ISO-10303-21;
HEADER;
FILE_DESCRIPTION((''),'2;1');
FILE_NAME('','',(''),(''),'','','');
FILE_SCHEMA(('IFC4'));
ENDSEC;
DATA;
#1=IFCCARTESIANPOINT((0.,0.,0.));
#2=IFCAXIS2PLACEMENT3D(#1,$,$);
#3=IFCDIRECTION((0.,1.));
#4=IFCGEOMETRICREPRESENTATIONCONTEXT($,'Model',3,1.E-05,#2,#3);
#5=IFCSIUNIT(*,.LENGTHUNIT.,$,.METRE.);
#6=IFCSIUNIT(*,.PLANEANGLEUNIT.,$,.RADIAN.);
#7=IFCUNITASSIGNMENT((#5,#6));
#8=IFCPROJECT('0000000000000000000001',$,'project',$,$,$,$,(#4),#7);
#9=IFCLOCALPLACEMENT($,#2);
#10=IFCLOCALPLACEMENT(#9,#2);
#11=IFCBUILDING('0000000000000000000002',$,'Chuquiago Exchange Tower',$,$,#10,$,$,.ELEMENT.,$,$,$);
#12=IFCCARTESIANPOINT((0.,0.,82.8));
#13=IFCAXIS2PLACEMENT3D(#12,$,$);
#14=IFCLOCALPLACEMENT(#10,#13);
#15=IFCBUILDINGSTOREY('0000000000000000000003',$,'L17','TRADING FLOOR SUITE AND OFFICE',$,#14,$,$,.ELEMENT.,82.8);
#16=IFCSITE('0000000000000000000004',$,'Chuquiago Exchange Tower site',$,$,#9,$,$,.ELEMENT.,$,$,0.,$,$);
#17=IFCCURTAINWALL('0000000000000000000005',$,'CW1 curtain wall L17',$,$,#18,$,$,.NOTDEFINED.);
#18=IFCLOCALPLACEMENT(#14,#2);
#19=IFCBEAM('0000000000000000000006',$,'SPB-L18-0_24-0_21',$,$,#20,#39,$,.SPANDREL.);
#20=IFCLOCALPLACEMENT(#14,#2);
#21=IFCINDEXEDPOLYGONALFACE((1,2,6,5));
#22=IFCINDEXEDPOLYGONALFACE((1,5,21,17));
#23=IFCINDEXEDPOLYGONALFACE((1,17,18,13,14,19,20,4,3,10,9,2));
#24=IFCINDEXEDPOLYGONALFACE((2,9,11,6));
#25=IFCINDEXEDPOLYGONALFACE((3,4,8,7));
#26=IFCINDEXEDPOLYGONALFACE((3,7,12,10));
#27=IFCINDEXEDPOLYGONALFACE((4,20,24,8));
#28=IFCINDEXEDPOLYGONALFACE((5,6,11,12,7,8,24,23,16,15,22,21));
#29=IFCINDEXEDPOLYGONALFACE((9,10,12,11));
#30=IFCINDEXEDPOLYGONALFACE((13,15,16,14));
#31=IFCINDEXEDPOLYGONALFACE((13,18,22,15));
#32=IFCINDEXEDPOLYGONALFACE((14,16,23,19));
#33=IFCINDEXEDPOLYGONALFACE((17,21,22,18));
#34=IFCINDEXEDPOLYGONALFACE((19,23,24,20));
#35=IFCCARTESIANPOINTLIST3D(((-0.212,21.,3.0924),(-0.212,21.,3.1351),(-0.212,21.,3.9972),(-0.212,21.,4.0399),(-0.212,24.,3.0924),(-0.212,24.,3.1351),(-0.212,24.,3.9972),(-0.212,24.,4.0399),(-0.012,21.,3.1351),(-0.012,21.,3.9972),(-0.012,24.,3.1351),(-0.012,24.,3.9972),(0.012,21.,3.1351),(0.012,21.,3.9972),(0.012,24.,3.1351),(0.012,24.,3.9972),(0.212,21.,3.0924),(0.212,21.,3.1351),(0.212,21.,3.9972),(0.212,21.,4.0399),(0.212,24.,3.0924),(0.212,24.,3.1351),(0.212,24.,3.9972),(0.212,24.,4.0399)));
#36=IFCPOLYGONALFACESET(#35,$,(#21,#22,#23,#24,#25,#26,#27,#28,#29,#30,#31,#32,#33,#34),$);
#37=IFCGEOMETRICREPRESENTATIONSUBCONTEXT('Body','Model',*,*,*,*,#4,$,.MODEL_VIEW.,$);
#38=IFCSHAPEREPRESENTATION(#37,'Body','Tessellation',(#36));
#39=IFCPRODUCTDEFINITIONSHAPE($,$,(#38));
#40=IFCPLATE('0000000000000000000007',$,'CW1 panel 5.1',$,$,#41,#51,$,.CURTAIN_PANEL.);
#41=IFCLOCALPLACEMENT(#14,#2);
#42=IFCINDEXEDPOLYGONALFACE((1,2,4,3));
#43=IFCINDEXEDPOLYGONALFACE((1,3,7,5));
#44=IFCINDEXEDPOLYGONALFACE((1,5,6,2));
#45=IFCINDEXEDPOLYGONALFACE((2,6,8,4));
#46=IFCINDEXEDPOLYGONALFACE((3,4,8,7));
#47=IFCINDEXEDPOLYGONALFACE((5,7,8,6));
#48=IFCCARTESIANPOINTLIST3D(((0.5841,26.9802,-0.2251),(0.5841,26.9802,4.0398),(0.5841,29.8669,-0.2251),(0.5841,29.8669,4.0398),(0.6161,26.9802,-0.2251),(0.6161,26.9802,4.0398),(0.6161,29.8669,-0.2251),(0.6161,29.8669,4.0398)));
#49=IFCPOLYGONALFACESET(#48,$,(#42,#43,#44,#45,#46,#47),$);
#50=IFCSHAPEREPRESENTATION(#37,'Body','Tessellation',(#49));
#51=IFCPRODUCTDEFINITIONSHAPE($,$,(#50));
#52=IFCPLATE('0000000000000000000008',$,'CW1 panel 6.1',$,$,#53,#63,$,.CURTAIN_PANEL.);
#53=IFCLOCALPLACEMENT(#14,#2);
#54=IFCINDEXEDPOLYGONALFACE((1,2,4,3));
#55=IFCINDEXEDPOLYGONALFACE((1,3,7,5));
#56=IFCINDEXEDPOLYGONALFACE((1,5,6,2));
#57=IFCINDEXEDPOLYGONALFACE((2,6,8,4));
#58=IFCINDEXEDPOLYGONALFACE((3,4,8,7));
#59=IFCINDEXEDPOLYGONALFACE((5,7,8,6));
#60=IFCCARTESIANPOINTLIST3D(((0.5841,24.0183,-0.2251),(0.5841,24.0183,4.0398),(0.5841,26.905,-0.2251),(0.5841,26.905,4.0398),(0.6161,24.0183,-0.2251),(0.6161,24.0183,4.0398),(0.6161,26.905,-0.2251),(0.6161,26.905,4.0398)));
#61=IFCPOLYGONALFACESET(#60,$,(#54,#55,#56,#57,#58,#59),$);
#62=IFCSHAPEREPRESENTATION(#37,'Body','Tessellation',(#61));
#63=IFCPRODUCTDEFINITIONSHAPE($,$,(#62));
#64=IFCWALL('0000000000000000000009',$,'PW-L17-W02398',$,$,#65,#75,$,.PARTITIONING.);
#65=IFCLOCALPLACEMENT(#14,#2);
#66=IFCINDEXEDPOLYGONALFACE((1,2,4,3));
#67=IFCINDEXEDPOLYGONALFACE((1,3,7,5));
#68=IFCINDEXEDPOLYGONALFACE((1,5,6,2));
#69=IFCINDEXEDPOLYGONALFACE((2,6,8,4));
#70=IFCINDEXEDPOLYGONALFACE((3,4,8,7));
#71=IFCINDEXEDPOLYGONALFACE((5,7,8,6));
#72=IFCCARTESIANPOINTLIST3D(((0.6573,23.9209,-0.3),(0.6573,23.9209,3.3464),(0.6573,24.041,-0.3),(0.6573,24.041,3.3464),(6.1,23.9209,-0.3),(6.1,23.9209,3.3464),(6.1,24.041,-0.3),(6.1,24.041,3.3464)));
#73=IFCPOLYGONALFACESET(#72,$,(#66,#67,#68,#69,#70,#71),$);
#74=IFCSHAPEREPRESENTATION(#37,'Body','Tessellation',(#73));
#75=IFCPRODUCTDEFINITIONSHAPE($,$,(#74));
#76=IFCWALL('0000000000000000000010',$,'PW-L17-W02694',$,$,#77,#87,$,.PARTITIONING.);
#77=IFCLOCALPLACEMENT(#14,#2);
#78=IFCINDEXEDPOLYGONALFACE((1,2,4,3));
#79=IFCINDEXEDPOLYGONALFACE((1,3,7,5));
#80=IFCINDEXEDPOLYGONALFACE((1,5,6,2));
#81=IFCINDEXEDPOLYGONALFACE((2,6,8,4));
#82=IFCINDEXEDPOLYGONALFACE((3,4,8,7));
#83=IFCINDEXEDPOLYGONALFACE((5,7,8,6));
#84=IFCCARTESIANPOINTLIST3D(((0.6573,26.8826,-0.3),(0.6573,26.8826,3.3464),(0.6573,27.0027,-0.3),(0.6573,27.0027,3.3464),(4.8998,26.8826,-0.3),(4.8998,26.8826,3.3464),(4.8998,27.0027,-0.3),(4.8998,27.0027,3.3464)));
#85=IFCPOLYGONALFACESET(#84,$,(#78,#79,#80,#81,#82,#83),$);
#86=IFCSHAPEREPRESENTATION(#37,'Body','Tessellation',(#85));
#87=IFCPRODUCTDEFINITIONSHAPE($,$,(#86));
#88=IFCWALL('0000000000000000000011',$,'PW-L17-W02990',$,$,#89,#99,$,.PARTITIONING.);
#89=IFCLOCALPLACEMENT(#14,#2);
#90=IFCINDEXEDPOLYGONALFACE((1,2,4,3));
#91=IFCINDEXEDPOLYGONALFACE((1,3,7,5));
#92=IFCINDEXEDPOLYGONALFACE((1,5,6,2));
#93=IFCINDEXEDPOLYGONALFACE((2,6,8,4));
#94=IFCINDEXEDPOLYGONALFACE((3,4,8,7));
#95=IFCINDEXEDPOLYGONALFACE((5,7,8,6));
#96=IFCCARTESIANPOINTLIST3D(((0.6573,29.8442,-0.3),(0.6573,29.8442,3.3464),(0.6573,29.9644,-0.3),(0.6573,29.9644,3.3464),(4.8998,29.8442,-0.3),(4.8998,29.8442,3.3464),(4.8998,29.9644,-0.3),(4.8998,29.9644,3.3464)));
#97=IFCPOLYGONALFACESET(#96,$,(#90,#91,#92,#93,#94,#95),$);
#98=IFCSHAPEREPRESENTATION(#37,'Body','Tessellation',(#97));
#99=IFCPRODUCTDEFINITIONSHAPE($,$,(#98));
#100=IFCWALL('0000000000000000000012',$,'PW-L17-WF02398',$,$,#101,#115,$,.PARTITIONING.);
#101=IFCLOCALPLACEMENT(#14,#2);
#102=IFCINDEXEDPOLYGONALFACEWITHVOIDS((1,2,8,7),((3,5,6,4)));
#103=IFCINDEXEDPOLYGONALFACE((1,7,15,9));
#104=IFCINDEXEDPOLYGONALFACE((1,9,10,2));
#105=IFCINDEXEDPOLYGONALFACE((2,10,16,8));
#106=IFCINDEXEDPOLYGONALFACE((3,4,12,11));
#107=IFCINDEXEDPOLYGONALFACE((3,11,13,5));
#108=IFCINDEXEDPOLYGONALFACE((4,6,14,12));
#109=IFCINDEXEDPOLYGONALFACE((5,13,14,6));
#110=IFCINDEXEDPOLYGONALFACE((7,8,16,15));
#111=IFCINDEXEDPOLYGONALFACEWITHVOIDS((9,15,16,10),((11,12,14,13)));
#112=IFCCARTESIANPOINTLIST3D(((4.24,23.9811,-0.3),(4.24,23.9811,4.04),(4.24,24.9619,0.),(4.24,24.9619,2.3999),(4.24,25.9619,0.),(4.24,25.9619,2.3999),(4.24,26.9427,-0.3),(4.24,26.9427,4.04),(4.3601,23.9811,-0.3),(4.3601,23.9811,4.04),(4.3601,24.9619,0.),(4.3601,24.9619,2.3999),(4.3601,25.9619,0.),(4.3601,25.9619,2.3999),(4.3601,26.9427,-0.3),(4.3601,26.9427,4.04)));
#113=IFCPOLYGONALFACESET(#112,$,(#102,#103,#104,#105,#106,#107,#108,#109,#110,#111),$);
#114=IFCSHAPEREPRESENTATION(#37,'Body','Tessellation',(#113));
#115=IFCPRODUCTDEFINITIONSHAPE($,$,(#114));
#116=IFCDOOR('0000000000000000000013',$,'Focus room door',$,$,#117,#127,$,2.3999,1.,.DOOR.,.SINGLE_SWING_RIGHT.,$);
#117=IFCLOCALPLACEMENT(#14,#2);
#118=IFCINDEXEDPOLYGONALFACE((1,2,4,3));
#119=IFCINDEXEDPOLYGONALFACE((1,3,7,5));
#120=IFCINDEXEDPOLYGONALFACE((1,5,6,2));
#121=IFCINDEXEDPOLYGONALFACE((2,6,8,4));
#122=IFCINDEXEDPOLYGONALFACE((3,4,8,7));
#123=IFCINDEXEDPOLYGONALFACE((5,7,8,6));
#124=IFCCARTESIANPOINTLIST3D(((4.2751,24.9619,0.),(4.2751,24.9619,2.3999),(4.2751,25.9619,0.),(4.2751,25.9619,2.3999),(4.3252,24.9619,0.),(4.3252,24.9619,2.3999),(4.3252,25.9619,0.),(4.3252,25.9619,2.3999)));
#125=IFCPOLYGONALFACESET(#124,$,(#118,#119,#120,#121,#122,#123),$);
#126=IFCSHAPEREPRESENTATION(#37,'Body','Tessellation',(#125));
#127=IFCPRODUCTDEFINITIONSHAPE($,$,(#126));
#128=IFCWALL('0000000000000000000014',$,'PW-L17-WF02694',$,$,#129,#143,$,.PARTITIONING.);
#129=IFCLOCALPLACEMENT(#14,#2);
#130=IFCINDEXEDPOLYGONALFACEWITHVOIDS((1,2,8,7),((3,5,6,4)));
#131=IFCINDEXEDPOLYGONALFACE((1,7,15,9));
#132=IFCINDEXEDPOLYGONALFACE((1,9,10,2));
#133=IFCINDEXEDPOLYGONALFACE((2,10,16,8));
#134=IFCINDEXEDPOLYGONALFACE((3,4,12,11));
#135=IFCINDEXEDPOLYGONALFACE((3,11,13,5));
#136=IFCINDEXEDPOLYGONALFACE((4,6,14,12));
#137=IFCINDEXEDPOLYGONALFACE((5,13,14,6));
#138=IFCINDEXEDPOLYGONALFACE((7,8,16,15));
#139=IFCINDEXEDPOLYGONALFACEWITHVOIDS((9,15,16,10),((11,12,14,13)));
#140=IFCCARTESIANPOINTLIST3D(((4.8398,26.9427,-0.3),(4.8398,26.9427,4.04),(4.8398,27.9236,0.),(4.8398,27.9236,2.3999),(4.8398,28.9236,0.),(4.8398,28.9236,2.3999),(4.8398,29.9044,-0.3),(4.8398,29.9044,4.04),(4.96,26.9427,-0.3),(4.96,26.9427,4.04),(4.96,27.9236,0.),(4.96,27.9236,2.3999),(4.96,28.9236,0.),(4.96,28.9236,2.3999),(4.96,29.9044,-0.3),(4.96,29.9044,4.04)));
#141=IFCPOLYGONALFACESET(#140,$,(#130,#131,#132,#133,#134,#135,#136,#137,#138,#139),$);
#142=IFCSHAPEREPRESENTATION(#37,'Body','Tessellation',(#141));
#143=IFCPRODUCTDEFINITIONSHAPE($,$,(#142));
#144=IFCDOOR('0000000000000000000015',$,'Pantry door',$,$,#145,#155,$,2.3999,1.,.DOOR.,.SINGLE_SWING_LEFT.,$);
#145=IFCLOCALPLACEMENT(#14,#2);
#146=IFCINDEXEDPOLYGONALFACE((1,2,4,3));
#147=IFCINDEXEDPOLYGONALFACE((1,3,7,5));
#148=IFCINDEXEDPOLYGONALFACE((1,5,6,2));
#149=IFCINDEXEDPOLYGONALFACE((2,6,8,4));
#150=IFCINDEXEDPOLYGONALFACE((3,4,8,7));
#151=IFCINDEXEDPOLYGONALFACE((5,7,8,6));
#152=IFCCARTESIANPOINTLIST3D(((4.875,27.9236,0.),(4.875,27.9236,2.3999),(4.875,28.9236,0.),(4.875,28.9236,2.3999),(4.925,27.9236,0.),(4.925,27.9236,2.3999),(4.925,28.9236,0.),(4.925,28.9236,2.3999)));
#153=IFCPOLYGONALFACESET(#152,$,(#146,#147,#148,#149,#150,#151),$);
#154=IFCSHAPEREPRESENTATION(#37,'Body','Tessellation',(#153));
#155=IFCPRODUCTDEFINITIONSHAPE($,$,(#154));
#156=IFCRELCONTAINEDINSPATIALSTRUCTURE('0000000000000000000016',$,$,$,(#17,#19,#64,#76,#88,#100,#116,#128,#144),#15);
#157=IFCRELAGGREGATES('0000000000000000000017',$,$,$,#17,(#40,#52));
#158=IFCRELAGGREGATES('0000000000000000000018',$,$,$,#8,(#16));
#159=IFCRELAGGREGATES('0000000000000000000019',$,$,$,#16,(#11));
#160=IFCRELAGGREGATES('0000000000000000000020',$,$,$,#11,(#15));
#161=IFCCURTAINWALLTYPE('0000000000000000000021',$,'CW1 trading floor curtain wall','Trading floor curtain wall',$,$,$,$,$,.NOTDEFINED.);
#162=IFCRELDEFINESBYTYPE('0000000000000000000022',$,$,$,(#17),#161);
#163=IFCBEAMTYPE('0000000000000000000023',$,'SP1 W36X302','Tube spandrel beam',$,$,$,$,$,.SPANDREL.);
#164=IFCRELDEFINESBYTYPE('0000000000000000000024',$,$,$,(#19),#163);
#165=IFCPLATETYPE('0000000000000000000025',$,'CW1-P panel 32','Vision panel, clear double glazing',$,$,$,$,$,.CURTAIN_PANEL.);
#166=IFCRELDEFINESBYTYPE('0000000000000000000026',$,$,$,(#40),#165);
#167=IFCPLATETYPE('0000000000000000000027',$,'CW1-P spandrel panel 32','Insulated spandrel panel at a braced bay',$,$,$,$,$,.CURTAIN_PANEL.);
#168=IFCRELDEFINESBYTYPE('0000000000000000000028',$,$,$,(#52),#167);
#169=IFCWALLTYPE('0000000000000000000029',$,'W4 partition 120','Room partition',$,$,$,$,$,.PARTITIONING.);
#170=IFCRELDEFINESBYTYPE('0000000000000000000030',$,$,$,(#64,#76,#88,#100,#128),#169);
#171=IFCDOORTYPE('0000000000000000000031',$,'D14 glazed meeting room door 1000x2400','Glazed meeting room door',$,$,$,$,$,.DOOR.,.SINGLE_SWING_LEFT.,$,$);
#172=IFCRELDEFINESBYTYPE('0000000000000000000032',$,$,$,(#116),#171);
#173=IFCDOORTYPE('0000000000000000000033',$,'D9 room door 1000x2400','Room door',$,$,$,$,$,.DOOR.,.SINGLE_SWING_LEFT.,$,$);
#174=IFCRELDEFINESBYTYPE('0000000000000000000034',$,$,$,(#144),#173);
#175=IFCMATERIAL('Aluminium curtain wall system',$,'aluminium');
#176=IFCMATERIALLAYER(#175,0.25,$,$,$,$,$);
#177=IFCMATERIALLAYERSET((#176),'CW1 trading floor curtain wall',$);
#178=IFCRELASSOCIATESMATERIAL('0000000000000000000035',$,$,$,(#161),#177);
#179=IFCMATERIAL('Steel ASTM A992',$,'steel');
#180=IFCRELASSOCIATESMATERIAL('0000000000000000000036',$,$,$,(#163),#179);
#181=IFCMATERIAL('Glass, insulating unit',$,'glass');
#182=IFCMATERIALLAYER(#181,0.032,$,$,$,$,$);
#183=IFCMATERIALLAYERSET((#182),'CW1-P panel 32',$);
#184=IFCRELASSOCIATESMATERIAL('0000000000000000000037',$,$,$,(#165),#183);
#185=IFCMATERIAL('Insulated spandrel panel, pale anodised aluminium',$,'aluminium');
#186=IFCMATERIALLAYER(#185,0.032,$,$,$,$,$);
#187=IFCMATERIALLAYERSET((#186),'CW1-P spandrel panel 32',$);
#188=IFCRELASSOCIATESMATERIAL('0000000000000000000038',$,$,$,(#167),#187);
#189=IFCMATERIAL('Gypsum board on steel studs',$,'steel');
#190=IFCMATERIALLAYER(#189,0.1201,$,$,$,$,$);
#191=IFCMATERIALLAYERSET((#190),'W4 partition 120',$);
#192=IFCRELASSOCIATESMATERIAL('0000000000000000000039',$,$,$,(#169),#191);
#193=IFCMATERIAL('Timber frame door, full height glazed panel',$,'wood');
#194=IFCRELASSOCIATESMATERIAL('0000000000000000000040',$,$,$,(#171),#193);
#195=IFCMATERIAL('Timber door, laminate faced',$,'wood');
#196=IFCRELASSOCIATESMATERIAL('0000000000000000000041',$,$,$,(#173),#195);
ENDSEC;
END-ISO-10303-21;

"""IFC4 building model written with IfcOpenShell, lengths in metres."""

from ifc_helpers import new_model, si_unit, direction, frame, frame_2d, origin, origin_2d, place, context, subcontext, project, spatial, rectangle, i_section, extrude, material, layer, layer_set, material_profile, profile_set, type_object, element, fill, aggregate, save


model = new_model("IFC4")

# Units and contexts
model_context = context("Model", 3, precision=1e-05, world=origin(), true_north=direction((0.0, 1.0)))
body_context = subcontext(model_context, "Body", "Model", "MODEL_VIEW")
ifc_project = project(units=[si_unit("LENGTHUNIT", "METRE"), si_unit("PLANEANGLEUNIT", "RADIAN")], contexts=[model_context])

# Site, building, storey
site_placement = place(None, origin())
site = spatial("IfcSite", under=ifc_project, at=site_placement, Name="Chuquiago Exchange Tower site", CompositionType="ELEMENT", RefElevation=0.0)
building_placement = place(site_placement, origin())
building = spatial("IfcBuilding", under=site, at=building_placement, Name="Chuquiago Exchange Tower", CompositionType="ELEMENT")
storey_placement = place(building_placement, frame((0.0, 0.0, 82.8)))
storey = spatial("IfcBuildingStorey", under=building, at=storey_placement, Name="L17", Description="TRADING FLOOR SUITE AND OFFICE", CompositionType="ELEMENT", Elevation=82.8)

# Curtain wall
ifc_material_1 = material(Name="Aluminium curtain wall system", Category="aluminium")
ifc_layer_1 = layer(ifc_material_1, 0.25)
ifc_layer_set_1 = layer_set([ifc_layer_1], Name="CW1 trading floor curtain wall")
curtain_wall_type = type_object("IfcCurtainWallType", Name="CW1 trading floor curtain wall", Description="Trading floor curtain wall", PredefinedType="NOTDEFINED", material=ifc_layer_set_1)
curtain_wall_placement = place(storey_placement, origin())
curtain_wall = element("IfcCurtainWall", 1, at=curtain_wall_placement, inside=storey, type_object=curtain_wall_type, Name="CW1 curtain wall L17", PredefinedType="NOTDEFINED")

# Beam
ifc_material_2 = material(Name="Steel ASTM A992", Category="steel")
ifc_material_profile_1 = material_profile(ifc_material_2, i_section(OverallWidth=0.4241, OverallDepth=0.9475, WebThickness=0.0239, FlangeThickness=0.0427, at=origin_2d()), Name="W36X302")
ifc_profile_set_1 = profile_set([ifc_material_profile_1], Name="Steel ASTM A992")
beam_type = type_object("IfcBeamType", Name="SP1 W36X302", Description="Tube spandrel beam", PredefinedType="SPANDREL", material=ifc_profile_set_1)
for number, where, z_axis, x_axis, name in (
    (2, (0.0, 24.0, 3.5662), (0.0, -1.0, 0.0), (1.0, 0.0, 0.0), "SPB-L18-0_24-0_21"),
):
    element("IfcBeam", number, at=place(storey_placement, frame(where, z_axis=z_axis, x_axis=x_axis)), inside=storey, type_object=beam_type, Name=name, PredefinedType="SPANDREL", context=body_context, shape_type="SweptSolid", body=[
        extrude(i_section(OverallWidth=0.4241, OverallDepth=0.9475, WebThickness=0.0239, FlangeThickness=0.0427, at=origin_2d()), origin(), (0.0, 0.0, 1.0), 3.0),
    ])

# Plates
ifc_material_3 = material(Name="Glass, insulating unit", Category="glass")
ifc_layer_2 = layer(ifc_material_3, 0.032)
ifc_layer_set_2 = layer_set([ifc_layer_2], Name="CW1-P panel 32")
plate_type_1 = type_object("IfcPlateType", Name="CW1-P panel 32", Description="Vision panel, clear double glazing", PredefinedType="CURTAIN_PANEL", material=ifc_layer_set_2)
plate_1_placement = place(storey_placement, frame((0.6001, 28.4236, -0.2251), z_axis=(0.0, 0.0, 1.0), x_axis=(0.0, -1.0, 0.0)))
plate_1 = element("IfcPlate", 3, at=plate_1_placement, type_object=plate_type_1, Name="CW1 panel 5.1", PredefinedType="CURTAIN_PANEL", context=body_context, shape_type="SweptSolid", body=[
    extrude(rectangle(XDim=2.8867, YDim=0.032, at=origin_2d()), origin(), (0.0, 0.0, 1.0), 4.2649),
])
ifc_material_4 = material(Name="Insulated spandrel panel, pale anodised aluminium", Category="aluminium")
ifc_layer_3 = layer(ifc_material_4, 0.032)
ifc_layer_set_3 = layer_set([ifc_layer_3], Name="CW1-P spandrel panel 32")
plate_type_2 = type_object("IfcPlateType", Name="CW1-P spandrel panel 32", Description="Insulated spandrel panel at a braced bay", PredefinedType="CURTAIN_PANEL", material=ifc_layer_set_3)
plate_2_placement = place(storey_placement, frame((0.6001, 25.4617, -0.2251), z_axis=(0.0, 0.0, 1.0), x_axis=(0.0, -1.0, 0.0)))
plate_2 = element("IfcPlate", 4, at=plate_2_placement, type_object=plate_type_2, Name="CW1 panel 6.1", PredefinedType="CURTAIN_PANEL", context=body_context, shape_type="SweptSolid", body=[
    extrude(rectangle(XDim=2.8867, YDim=0.032, at=origin_2d()), origin(), (0.0, 0.0, 1.0), 4.2649),
])
aggregate(curtain_wall, [plate_1, plate_2])

# Walls
ifc_material_5 = material(Name="Gypsum board on steel studs", Category="steel")
ifc_layer_4 = layer(ifc_material_5, 0.1201)
ifc_layer_set_4 = layer_set([ifc_layer_4], Name="W4 partition 120")
wall_type = type_object("IfcWallType", Name="W4 partition 120", Description="Room partition", PredefinedType="PARTITIONING", material=ifc_layer_set_4)
wall_1_placement = place(storey_placement, frame((0.6575, 23.981, -0.3), z_axis=(0.0, 0.0, 1.0), x_axis=(1.0, 0.0, 0.0)))
element("IfcWall", 5, at=wall_1_placement, inside=storey, type_object=wall_type, Name="PW-L17-W02398", PredefinedType="PARTITIONING", context=body_context, shape_type="SweptSolid", body=[
    extrude(rectangle(XDim=5.4426, YDim=0.1201, at=frame_2d((2.7212, 0.0))), origin(), (0.0, 0.0, 1.0), 3.6465),
])
for number, where, z_axis, x_axis, name in (
    (6, (0.6575, 26.9426, -0.3), (0.0, 0.0, 1.0), (1.0, 0.0, 0.0), "PW-L17-W02694"),
    (7, (0.6575, 29.9043, -0.3), (0.0, 0.0, 1.0), (1.0, 0.0, 0.0), "PW-L17-W02990"),
):
    element("IfcWall", number, at=place(storey_placement, frame(where, z_axis=z_axis, x_axis=x_axis)), inside=storey, type_object=wall_type, Name=name, PredefinedType="PARTITIONING", context=body_context, shape_type="SweptSolid", body=[
        extrude(rectangle(XDim=4.2424, YDim=0.1201, at=frame_2d((2.1211, 0.0))), origin(), (0.0, 0.0, 1.0), 3.6465),
    ])

# Walls, openings, doors
wall_2_placement = place(storey_placement, frame((4.3, 23.981, -0.3), z_axis=(0.0, 0.0, 1.0), x_axis=(0.0, 1.0, 0.0)))
wall_2 = element("IfcWall", 8, at=wall_2_placement, inside=storey, type_object=wall_type, Name="PW-L17-WF02398", PredefinedType="PARTITIONING", context=body_context, shape_type="SweptSolid", body=[
    extrude(rectangle(XDim=2.9617, YDim=0.1201, at=frame_2d((1.481, 0.0))), origin(), (0.0, 0.0, 1.0), 4.3401),
])
opening_1_placement = place(wall_2_placement, frame((0.981, 0.0, 0.3)))
opening_1 = element("IfcOpeningElement", 9, at=opening_1_placement, cuts=wall_2, PredefinedType="OPENING", context=body_context, shape_type="SweptSolid", body=[
    extrude(rectangle(XDim=1.0, YDim=2.3999, at=frame_2d((0.5, 1.2))), frame((0.0, 0.0701, 0.0), z_axis=(0.0, -1.0, 0.0), x_axis=(1.0, 0.0, 0.0)), (0.0, 0.0, 1.0), 0.1401),
])
ifc_material_6 = material(Name="Timber frame door, full height glazed panel", Category="wood")
door_type_1 = type_object("IfcDoorType", Name="D14 glazed meeting room door 1000x2400", Description="Glazed meeting room door", OperationType="SINGLE_SWING_LEFT", PredefinedType="DOOR", material=ifc_material_6)
door_1_placement = place(opening_1_placement, origin())
door_1 = element("IfcDoor", 10, at=door_1_placement, inside=storey, type_object=door_type_1, Name="Focus room door", OperationType="SINGLE_SWING_RIGHT", OverallHeight=2.3999, OverallWidth=1.0, PredefinedType="DOOR", context=body_context, shape_type="SweptSolid", body=[
    extrude(rectangle(XDim=1.0, YDim=2.3999, at=frame_2d((0.5, 1.2))), frame((0.0, 0.0249, 0.0), z_axis=(0.0, -1.0, 0.0), x_axis=(1.0, 0.0, 0.0)), (0.0, 0.0, 1.0), 0.05),
])
fill(opening_1, door_1)
wall_3_placement = place(storey_placement, frame((4.8999, 26.9426, -0.3), z_axis=(0.0, 0.0, 1.0), x_axis=(0.0, 1.0, 0.0)))
wall_3 = element("IfcWall", 11, at=wall_3_placement, inside=storey, type_object=wall_type, Name="PW-L17-WF02694", PredefinedType="PARTITIONING", context=body_context, shape_type="SweptSolid", body=[
    extrude(rectangle(XDim=2.9617, YDim=0.1201, at=frame_2d((1.481, 0.0))), origin(), (0.0, 0.0, 1.0), 4.3401),
])
opening_2_placement = place(wall_3_placement, frame((0.981, 0.0, 0.3)))
opening_2 = element("IfcOpeningElement", 12, at=opening_2_placement, cuts=wall_3, PredefinedType="OPENING", context=body_context, shape_type="SweptSolid", body=[
    extrude(rectangle(XDim=1.0, YDim=2.3999, at=frame_2d((0.5, 1.2))), frame((0.0, 0.0701, 0.0), z_axis=(0.0, -1.0, 0.0), x_axis=(1.0, 0.0, 0.0)), (0.0, 0.0, 1.0), 0.1401),
])
ifc_material_7 = material(Name="Timber door, laminate faced", Category="wood")
door_type_2 = type_object("IfcDoorType", Name="D9 room door 1000x2400", Description="Room door", OperationType="SINGLE_SWING_LEFT", PredefinedType="DOOR", material=ifc_material_7)
door_2_placement = place(opening_2_placement, origin())
door_2 = element("IfcDoor", 13, at=door_2_placement, inside=storey, type_object=door_type_2, Name="Pantry door", OperationType="SINGLE_SWING_LEFT", OverallHeight=2.3999, OverallWidth=1.0, PredefinedType="DOOR", context=body_context, shape_type="SweptSolid", body=[
    extrude(rectangle(XDim=1.0, YDim=2.3999, at=frame_2d((0.5, 1.2))), frame((0.0, 0.0249, 0.0), z_axis=(0.0, -1.0, 0.0), x_axis=(1.0, 0.0, 0.0)), (0.0, 0.0, 1.0), 0.05),
])
fill(opening_2, door_2)

save(model, "model.ifc")
